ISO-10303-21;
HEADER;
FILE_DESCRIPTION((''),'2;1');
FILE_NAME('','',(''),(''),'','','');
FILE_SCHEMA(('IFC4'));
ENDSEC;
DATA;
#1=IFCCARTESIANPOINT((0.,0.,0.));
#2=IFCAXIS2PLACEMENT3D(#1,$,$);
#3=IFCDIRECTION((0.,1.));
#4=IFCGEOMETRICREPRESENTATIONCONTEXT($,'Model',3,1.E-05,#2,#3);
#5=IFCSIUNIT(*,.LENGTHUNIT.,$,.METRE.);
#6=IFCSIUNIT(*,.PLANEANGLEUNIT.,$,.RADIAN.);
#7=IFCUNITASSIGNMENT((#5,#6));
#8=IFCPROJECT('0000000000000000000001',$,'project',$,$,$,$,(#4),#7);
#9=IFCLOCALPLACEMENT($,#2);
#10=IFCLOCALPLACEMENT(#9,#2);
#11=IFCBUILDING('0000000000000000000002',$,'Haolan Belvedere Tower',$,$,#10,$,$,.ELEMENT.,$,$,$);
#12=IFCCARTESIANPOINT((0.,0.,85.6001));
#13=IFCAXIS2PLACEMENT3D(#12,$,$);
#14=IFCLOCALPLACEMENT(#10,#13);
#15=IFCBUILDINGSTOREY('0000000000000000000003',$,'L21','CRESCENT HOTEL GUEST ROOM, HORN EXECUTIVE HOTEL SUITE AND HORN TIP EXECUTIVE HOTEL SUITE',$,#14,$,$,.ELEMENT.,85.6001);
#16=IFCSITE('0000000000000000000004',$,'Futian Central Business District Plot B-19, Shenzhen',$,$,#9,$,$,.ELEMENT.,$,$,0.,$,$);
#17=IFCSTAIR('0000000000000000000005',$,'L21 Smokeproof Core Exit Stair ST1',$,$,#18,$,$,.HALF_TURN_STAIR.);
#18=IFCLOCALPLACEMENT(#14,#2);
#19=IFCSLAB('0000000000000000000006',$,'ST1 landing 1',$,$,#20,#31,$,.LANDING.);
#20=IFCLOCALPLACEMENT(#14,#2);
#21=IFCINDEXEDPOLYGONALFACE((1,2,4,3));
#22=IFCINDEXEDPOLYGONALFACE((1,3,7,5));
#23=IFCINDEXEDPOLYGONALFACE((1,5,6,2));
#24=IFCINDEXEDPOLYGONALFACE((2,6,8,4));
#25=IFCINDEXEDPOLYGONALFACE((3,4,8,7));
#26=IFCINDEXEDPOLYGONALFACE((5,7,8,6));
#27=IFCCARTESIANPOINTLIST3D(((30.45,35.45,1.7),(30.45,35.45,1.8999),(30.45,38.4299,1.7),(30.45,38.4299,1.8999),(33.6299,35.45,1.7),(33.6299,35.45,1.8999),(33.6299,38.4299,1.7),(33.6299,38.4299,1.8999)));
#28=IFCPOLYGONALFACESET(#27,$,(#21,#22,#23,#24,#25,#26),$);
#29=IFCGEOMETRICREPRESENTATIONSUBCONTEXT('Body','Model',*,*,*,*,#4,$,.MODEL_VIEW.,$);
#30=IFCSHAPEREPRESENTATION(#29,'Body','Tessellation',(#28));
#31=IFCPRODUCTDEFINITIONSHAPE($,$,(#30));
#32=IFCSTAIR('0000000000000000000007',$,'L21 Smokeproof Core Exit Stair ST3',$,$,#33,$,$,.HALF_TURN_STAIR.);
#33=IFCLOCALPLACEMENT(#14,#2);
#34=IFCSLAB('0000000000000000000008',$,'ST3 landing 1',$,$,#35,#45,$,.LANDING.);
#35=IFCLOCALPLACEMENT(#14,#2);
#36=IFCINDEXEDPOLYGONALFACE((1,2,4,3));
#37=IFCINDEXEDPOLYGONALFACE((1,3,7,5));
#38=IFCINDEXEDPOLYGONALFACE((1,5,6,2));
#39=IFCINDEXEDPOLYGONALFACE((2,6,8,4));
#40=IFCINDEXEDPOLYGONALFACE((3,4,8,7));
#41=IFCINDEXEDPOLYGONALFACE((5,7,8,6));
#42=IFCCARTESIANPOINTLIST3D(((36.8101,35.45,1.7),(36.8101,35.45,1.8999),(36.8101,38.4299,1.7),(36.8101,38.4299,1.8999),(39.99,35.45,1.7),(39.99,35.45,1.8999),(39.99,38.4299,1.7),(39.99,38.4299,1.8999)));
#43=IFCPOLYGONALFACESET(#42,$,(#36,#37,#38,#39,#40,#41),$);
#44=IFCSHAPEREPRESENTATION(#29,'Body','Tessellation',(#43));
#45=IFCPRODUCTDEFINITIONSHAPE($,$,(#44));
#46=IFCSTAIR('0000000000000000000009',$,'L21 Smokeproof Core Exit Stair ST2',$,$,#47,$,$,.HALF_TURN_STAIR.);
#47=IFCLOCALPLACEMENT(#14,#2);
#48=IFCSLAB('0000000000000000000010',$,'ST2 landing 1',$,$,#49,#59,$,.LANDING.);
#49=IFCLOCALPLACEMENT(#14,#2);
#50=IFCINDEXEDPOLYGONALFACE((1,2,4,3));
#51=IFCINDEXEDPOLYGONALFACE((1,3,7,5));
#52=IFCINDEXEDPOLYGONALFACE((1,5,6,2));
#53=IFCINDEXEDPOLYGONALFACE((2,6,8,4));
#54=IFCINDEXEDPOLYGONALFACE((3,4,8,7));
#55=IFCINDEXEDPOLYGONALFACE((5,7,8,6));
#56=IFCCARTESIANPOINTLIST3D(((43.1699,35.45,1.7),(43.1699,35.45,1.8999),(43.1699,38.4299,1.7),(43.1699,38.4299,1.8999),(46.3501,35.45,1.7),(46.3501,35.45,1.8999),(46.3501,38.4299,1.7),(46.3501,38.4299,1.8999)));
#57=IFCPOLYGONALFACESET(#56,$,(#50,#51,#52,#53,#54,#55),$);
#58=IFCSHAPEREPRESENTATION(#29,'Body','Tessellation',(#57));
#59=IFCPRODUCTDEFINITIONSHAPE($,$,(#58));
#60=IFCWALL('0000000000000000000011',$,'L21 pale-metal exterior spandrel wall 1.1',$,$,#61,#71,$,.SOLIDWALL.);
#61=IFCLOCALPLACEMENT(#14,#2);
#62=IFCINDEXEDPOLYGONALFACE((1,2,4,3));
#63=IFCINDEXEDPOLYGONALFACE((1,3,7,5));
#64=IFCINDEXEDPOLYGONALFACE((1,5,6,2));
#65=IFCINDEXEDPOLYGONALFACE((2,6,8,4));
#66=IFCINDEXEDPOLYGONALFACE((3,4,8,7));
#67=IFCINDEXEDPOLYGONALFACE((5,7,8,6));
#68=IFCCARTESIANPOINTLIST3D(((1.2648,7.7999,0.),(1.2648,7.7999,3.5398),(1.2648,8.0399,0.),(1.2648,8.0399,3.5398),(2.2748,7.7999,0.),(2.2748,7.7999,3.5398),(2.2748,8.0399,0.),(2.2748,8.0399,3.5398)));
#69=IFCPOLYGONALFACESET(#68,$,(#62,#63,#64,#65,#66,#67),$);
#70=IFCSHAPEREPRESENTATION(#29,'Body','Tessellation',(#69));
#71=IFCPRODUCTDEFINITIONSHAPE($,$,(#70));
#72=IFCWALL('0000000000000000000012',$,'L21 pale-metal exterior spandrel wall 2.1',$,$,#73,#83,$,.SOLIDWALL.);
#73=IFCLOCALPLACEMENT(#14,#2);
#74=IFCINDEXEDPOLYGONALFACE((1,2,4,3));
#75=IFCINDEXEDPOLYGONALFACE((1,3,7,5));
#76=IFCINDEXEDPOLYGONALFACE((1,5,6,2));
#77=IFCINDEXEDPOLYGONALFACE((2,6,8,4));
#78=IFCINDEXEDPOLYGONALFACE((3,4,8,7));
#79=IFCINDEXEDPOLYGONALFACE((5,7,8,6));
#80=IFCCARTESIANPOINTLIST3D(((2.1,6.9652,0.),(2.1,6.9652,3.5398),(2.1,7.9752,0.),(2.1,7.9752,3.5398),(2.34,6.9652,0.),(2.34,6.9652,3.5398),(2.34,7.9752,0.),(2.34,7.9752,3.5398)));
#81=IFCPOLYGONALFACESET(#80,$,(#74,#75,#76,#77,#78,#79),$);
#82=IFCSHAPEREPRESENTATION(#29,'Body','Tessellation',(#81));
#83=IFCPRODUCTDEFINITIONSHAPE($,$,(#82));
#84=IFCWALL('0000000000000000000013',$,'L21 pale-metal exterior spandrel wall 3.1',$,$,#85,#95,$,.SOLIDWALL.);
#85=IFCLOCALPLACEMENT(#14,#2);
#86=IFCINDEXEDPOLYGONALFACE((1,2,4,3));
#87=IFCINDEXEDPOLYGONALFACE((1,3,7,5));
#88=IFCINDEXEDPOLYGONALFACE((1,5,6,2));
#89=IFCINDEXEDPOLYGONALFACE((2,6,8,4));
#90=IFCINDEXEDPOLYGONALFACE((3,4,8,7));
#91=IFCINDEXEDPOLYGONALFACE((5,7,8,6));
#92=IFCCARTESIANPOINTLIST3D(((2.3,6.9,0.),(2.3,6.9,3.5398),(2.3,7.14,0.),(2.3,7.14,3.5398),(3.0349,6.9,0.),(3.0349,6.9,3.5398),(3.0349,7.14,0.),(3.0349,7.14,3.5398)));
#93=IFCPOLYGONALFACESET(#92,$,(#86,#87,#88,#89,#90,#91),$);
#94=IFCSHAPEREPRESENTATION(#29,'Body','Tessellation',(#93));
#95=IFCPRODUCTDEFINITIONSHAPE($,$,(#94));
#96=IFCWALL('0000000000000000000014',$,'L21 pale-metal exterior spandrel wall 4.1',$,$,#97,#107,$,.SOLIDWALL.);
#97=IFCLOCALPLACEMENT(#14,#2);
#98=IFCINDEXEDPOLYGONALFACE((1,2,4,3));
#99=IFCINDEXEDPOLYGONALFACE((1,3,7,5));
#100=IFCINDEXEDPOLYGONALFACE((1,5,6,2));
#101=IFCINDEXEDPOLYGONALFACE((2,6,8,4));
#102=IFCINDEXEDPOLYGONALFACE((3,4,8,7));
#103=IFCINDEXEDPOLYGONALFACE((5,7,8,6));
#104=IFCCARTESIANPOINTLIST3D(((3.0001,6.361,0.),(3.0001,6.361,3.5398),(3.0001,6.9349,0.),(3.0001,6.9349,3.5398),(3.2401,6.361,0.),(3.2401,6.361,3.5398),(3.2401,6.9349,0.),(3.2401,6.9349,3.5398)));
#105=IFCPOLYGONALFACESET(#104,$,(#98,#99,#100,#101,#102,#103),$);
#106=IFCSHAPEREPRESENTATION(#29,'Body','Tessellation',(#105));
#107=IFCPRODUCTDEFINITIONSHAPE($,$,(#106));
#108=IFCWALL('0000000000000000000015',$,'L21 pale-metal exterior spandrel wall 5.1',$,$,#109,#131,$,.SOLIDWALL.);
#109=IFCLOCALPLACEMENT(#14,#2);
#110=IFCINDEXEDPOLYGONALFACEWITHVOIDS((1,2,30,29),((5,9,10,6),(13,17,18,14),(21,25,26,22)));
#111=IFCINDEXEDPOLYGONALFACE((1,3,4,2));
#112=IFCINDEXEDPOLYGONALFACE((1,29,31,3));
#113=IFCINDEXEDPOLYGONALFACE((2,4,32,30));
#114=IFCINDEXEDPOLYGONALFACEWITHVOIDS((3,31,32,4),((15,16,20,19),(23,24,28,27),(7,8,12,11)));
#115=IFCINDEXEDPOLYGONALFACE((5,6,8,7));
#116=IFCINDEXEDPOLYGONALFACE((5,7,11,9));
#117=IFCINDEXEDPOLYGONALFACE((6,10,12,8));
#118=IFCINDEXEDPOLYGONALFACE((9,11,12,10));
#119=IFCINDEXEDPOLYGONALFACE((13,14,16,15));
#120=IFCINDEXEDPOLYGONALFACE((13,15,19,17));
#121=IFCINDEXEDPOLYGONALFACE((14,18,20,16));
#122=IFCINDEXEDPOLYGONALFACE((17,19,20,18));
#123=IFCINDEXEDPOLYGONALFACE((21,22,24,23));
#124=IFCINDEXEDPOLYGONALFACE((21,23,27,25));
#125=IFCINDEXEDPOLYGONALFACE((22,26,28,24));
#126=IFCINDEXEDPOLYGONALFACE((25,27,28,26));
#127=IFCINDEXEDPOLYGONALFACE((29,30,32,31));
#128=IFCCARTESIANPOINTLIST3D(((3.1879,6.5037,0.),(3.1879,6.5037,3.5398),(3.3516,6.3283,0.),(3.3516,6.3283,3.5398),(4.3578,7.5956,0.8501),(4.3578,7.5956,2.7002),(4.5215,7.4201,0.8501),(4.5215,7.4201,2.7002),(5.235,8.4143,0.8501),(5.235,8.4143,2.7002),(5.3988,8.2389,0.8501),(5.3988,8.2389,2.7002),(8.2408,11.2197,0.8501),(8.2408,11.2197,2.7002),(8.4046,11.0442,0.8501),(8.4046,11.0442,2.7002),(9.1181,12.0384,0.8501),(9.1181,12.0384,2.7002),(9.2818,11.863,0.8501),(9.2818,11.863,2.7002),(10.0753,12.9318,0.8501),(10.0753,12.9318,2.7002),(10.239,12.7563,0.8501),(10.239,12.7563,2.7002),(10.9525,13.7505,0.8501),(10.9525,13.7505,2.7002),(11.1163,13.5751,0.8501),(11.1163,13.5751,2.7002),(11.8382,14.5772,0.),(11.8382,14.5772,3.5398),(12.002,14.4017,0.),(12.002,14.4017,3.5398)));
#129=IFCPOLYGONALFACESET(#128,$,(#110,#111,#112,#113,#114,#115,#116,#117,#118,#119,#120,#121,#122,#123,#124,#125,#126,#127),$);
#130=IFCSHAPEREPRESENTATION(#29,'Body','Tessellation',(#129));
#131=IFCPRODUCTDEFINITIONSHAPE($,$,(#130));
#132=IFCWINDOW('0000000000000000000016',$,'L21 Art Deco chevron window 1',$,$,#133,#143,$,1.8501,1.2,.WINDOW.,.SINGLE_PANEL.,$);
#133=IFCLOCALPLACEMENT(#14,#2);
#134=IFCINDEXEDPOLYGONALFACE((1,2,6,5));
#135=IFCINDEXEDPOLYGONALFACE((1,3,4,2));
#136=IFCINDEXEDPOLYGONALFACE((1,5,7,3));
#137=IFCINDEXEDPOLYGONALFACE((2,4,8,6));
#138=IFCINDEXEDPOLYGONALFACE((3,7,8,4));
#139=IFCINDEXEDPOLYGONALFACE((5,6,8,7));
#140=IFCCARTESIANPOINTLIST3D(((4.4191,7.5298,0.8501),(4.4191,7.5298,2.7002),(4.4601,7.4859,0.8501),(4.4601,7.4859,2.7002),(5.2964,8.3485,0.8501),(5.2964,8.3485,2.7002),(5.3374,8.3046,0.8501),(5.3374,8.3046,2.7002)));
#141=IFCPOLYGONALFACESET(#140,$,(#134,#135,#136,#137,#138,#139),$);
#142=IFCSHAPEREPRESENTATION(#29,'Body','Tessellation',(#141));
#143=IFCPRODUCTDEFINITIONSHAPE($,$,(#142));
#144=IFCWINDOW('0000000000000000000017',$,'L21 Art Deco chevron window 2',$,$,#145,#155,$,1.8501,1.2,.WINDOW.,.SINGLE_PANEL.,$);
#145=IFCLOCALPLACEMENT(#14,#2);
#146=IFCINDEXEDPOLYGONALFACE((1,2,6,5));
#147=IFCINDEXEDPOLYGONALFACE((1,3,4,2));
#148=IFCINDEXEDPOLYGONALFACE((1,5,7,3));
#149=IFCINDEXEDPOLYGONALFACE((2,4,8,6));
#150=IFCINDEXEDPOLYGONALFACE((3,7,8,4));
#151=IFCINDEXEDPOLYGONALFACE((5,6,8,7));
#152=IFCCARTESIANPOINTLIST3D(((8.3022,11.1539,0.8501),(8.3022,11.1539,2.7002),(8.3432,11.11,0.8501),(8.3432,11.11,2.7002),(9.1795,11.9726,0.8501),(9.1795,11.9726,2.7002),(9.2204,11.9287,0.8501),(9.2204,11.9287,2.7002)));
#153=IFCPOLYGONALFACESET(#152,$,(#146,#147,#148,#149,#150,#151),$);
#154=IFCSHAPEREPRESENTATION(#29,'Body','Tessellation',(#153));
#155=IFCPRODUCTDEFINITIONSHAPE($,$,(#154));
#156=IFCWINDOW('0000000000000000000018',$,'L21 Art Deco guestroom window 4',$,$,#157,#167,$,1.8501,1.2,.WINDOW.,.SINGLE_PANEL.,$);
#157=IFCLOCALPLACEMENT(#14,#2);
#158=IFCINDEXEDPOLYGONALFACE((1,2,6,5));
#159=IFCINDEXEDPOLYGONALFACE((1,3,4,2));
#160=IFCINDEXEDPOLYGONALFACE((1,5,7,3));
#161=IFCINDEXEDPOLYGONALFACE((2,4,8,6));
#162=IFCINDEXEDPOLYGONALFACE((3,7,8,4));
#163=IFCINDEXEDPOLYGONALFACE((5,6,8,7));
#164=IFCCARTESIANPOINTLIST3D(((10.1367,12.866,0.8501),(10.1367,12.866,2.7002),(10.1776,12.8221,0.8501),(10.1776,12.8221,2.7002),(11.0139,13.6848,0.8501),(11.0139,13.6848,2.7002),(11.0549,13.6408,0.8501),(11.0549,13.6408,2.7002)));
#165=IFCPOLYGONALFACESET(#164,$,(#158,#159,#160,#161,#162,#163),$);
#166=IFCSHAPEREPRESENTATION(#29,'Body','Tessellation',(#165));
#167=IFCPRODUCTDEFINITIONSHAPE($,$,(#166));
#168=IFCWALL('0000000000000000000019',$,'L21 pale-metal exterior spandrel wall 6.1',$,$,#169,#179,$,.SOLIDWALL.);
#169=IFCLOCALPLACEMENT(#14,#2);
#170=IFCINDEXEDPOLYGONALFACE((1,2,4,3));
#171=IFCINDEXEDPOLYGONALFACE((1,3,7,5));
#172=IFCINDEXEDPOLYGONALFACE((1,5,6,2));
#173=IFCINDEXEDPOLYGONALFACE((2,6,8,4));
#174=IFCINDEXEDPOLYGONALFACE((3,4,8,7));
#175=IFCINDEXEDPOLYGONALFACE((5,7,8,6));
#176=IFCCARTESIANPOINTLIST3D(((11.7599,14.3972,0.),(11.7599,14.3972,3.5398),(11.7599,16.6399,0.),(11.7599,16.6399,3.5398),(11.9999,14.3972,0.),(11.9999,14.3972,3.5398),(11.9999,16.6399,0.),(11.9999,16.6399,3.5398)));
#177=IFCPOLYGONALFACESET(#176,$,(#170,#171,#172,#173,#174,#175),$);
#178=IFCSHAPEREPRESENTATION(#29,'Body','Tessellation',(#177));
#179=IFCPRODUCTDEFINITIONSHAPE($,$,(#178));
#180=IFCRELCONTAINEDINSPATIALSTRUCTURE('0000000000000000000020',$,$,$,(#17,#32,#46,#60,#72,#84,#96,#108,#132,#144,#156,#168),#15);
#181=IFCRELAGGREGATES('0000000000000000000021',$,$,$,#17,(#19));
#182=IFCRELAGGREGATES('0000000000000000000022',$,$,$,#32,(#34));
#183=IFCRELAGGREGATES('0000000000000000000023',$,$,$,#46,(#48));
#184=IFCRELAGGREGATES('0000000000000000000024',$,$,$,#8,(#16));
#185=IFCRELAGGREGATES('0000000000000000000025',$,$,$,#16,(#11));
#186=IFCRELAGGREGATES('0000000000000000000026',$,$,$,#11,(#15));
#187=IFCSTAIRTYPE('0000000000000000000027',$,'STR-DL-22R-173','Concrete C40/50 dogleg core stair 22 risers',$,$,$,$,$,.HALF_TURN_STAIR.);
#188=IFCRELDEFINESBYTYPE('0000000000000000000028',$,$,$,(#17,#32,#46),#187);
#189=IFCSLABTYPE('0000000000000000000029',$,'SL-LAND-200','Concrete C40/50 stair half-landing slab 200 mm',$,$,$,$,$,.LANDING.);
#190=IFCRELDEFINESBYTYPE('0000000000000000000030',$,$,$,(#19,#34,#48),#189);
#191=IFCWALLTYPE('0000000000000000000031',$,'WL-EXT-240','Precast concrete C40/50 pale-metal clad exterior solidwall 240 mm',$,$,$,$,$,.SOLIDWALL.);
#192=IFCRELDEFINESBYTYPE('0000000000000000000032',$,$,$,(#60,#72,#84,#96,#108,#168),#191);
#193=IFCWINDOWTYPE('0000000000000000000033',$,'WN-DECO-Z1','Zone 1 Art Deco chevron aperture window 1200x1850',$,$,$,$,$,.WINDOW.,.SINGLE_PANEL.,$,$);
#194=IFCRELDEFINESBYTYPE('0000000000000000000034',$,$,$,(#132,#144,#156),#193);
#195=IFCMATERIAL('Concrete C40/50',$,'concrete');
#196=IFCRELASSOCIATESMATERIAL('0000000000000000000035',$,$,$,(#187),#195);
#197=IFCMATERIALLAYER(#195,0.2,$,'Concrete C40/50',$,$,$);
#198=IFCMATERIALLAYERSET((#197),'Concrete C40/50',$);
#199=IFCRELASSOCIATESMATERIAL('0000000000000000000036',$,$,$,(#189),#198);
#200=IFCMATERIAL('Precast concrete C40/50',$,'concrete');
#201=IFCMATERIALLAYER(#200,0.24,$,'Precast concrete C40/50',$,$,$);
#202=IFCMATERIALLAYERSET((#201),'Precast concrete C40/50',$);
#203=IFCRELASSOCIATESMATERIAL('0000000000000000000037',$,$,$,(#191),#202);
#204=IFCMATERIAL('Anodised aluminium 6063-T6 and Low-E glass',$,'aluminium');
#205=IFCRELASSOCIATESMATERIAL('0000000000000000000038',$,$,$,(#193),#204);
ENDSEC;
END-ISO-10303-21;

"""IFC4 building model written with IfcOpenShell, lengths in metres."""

from ifc_helpers import new_model, si_unit, direction, frame, frame_2d, origin, place, context, subcontext, project, spatial, polyline, rectangle, outline, extrude, material, layer, layer_set, type_object, element, fill, aggregate, save


model = new_model("IFC4")

# Units and contexts
model_context = context("Model", 3, precision=1e-05, world=origin(), true_north=direction((0.0, 1.0)))
body_context = subcontext(model_context, "Body", "Model", "MODEL_VIEW")
ifc_project = project(units=[si_unit("LENGTHUNIT", "METRE"), si_unit("PLANEANGLEUNIT", "RADIAN")], contexts=[model_context])

# Site, building, storey
site_placement = place(None, origin())
site = spatial("IfcSite", under=ifc_project, at=site_placement, Name="Futian Central Business District Plot B-19, Shenzhen", CompositionType="ELEMENT", RefElevation=0.0)
building_placement = place(site_placement, origin())
building = spatial("IfcBuilding", under=site, at=building_placement, Name="Haolan Belvedere Tower", CompositionType="ELEMENT")
storey_placement = place(building_placement, frame((0.0, 0.0, 85.6001)))
storey = spatial("IfcBuildingStorey", under=building, at=storey_placement, Name="L21", Description="CRESCENT HOTEL GUEST ROOM, HORN EXECUTIVE HOTEL SUITE AND HORN TIP EXECUTIVE HOTEL SUITE", CompositionType="ELEMENT", Elevation=85.6001)

# Shared definitions
ifc_material_1 = material(Name="Concrete C40/50", Category="concrete")

# Stairs, slabs
stair_type = type_object("IfcStairType", Name="STR-DL-22R-173", Description="Concrete C40/50 dogleg core stair 22 risers", PredefinedType="HALF_TURN_STAIR", material=ifc_material_1)
stair_1_placement = place(storey_placement, origin())
stair_1 = element("IfcStair", 1, at=stair_1_placement, inside=storey, type_object=stair_type, Name="L21 Smokeproof Core Exit Stair ST1", PredefinedType="HALF_TURN_STAIR")
ifc_layer_1 = layer(ifc_material_1, 0.2, Name="Concrete C40/50")
ifc_layer_set_1 = layer_set([ifc_layer_1], Name="Concrete C40/50")
slab_type_1 = type_object("IfcSlabType", Name="SL-LAND-200", Description="Concrete C40/50 stair half-landing slab 200 mm", PredefinedType="LANDING", material=ifc_layer_set_1)
slab_1_placement = place(storey_placement, frame((0.0, 0.0, 1.7)))
slab_1 = element("IfcSlab", 2, at=slab_1_placement, type_object=slab_type_1, Name="ST1 landing 1", PredefinedType="LANDING", context=body_context, shape_type="SweptSolid", body=[
    extrude(outline(polyline([(30.45, 38.4299), (30.45, 35.45), (33.6299, 35.45), (33.6299, 38.4299), (30.45, 38.4299)])), origin(), (0.0, 0.0, 1.0), 0.2),
])
aggregate(stair_1, [slab_1])
stair_2_placement = place(storey_placement, origin())
stair_2 = element("IfcStair", 3, at=stair_2_placement, inside=storey, type_object=stair_type, Name="L21 Smokeproof Core Exit Stair ST3", PredefinedType="HALF_TURN_STAIR")
slab_2_placement = place(storey_placement, frame((0.0, 0.0, 1.7)))
slab_2 = element("IfcSlab", 4, at=slab_2_placement, type_object=slab_type_1, Name="ST3 landing 1", PredefinedType="LANDING", context=body_context, shape_type="SweptSolid", body=[
    extrude(outline(polyline([(36.8101, 38.4299), (36.8101, 35.45), (39.99, 35.45), (39.99, 38.4299), (36.8101, 38.4299)])), origin(), (0.0, 0.0, 1.0), 0.2),
])
aggregate(stair_2, [slab_2])
stair_3_placement = place(storey_placement, origin())
stair_3 = element("IfcStair", 5, at=stair_3_placement, inside=storey, type_object=stair_type, Name="L21 Smokeproof Core Exit Stair ST2", PredefinedType="HALF_TURN_STAIR")
slab_3_placement = place(storey_placement, frame((0.0, 0.0, 1.7)))
slab_3 = element("IfcSlab", 6, at=slab_3_placement, type_object=slab_type_1, Name="ST2 landing 1", PredefinedType="LANDING", context=body_context, shape_type="SweptSolid", body=[
    extrude(outline(polyline([(43.1699, 38.4299), (43.1699, 35.45), (46.3501, 35.45), (46.3501, 38.4299), (43.1699, 38.4299)])), origin(), (0.0, 0.0, 1.0), 0.2),
])
aggregate(stair_3, [slab_3])

# Walls
ifc_material_2 = material(Name="Precast concrete C40/50", Category="concrete")
ifc_layer_2 = layer(ifc_material_2, 0.24, Name="Precast concrete C40/50")
ifc_layer_set_2 = layer_set([ifc_layer_2], Name="Precast concrete C40/50")
wall_type_1 = type_object("IfcWallType", Name="WL-EXT-240", Description="Precast concrete C40/50 pale-metal clad exterior solidwall 240 mm", PredefinedType="SOLIDWALL", material=ifc_layer_set_2)
for number, where, z_axis, x_axis, name in (
    (7, (1.2649, 7.9199, 0.0), (0.0, 0.0, 1.0), (1.0, 0.0, 0.0), "L21 pale-metal exterior spandrel wall 1.1"),
    (8, (2.22, 7.9751, 0.0), (0.0, 0.0, 1.0), (0.0, -1.0, 0.0), "L21 pale-metal exterior spandrel wall 2.1"),
):
    element("IfcWall", number, at=place(storey_placement, frame(where, z_axis=z_axis, x_axis=x_axis)), inside=storey, type_object=wall_type_1, Name=name, PredefinedType="SOLIDWALL", context=body_context, shape_type="SweptSolid", body=[
        extrude(rectangle(XDim=1.01, YDim=0.24, at=frame_2d((0.5049, 0.0))), origin(), (0.0, 0.0, 1.0), 3.5398),
    ])
wall_1_placement = place(storey_placement, frame((2.3, 7.02, 0.0), z_axis=(0.0, 0.0, 1.0), x_axis=(1.0, 0.0, 0.0)))
element("IfcWall", 9, at=wall_1_placement, inside=storey, type_object=wall_type_1, Name="L21 pale-metal exterior spandrel wall 3.1", PredefinedType="SOLIDWALL", context=body_context, shape_type="SweptSolid", body=[
    extrude(rectangle(XDim=0.7349, YDim=0.24, at=frame_2d((0.3674, 0.0))), origin(), (0.0, 0.0, 1.0), 3.5398),
])
wall_2_placement = place(storey_placement, frame((3.1201, 6.9351, 0.0), z_axis=(0.0, 0.0, 1.0), x_axis=(0.0, -1.0, 0.0)))
element("IfcWall", 10, at=wall_2_placement, inside=storey, type_object=wall_type_1, Name="L21 pale-metal exterior spandrel wall 4.1", PredefinedType="SOLIDWALL", context=body_context, shape_type="SweptSolid", body=[
    extrude(rectangle(XDim=0.574, YDim=0.24, at=frame_2d((0.2871, 0.0))), origin(), (0.0, 0.0, 1.0), 3.5398),
])

# Wall, openings, windows
wall_3_placement = place(storey_placement, frame((3.2698, 6.416, 0.0), z_axis=(0.0, 0.0, 1.0), x_axis=(0.731064, 0.682309, 0.0)))
wall_3 = element("IfcWall", 11, at=wall_3_placement, inside=storey, type_object=wall_type_1, Name="L21 pale-metal exterior spandrel wall 5.1", PredefinedType="SOLIDWALL", context=body_context, shape_type="SweptSolid", body=[
    extrude(rectangle(XDim=11.8325, YDim=0.24, at=frame_2d((5.9163, 0.0))), origin(), (0.0, 0.0, 1.0), 3.5398),
])
opening_1_placement = place(wall_3_placement, frame((1.6001, 0.0, 0.8501)))
opening_1 = element("IfcOpeningElement", 12, at=opening_1_placement, cuts=wall_3, PredefinedType="OPENING", context=body_context, shape_type="SweptSolid", body=[
    extrude(rectangle(XDim=1.2, YDim=1.8501, at=frame_2d((0.6001, 0.925))), frame((0.0, 0.1299, 0.0), z_axis=(0.0, -1.0, 0.0), x_axis=(1.0, 0.0, 0.0)), (0.0, 0.0, 1.0), 0.26),
])
opening_2_placement = place(wall_3_placement, frame((6.9116, 0.0, 0.8501)))
opening_2 = element("IfcOpeningElement", 13, at=opening_2_placement, cuts=wall_3, PredefinedType="OPENING", context=body_context, shape_type="SweptSolid", body=[
    extrude(rectangle(XDim=1.2, YDim=1.8501, at=frame_2d((0.6001, 0.925))), frame((0.0, 0.1299, 0.0), z_axis=(0.0, -1.0, 0.0), x_axis=(1.0, 0.0, 0.0)), (0.0, 0.0, 1.0), 0.26),
])
opening_3_placement = place(wall_3_placement, frame((9.4209, 0.0, 0.8501)))
opening_3 = element("IfcOpeningElement", 14, at=opening_3_placement, cuts=wall_3, PredefinedType="OPENING", context=body_context, shape_type="SweptSolid", body=[
    extrude(rectangle(XDim=1.2, YDim=1.8501, at=frame_2d((0.6001, 0.925))), frame((0.0, 0.1299, 0.0), z_axis=(0.0, -1.0, 0.0), x_axis=(1.0, 0.0, 0.0)), (0.0, 0.0, 1.0), 0.26),
])
ifc_material_3 = material(Name="Anodised aluminium 6063-T6 and Low-E glass", Category="aluminium")
window_type = type_object("IfcWindowType", Name="WN-DECO-Z1", Description="Zone 1 Art Deco chevron aperture window 1200x1850", PartitioningType="SINGLE_PANEL", PredefinedType="WINDOW", material=ifc_material_3)
window_1_placement = place(opening_1_placement, origin())
window_1 = element("IfcWindow", 15, at=window_1_placement, inside=storey, type_object=window_type, Name="L21 Art Deco chevron window 1", OverallHeight=1.8501, OverallWidth=1.2, PartitioningType="SINGLE_PANEL", PredefinedType="WINDOW", context=body_context, shape_type="SweptSolid", body=[
    extrude(rectangle(XDim=1.2, YDim=1.8501, at=frame_2d((0.6001, 0.925))), frame((0.0, 0.03, 0.0), z_axis=(0.0, -1.0, 0.0), x_axis=(1.0, 0.0, 0.0)), (0.0, 0.0, 1.0), 0.0601),
])
fill(opening_1, window_1)
window_2_placement = place(opening_2_placement, origin())
window_2 = element("IfcWindow", 16, at=window_2_placement, inside=storey, type_object=window_type, Name="L21 Art Deco chevron window 2", OverallHeight=1.8501, OverallWidth=1.2, PartitioningType="SINGLE_PANEL", PredefinedType="WINDOW", context=body_context, shape_type="SweptSolid", body=[
    extrude(rectangle(XDim=1.2, YDim=1.8501, at=frame_2d((0.6001, 0.925))), frame((0.0, 0.03, 0.0), z_axis=(0.0, -1.0, 0.0), x_axis=(1.0, 0.0, 0.0)), (0.0, 0.0, 1.0), 0.0601),
])
fill(opening_2, window_2)
window_3_placement = place(opening_3_placement, origin())
window_3 = element("IfcWindow", 17, at=window_3_placement, inside=storey, type_object=window_type, Name="L21 Art Deco guestroom window 4", OverallHeight=1.8501, OverallWidth=1.2, PartitioningType="SINGLE_PANEL", PredefinedType="WINDOW", context=body_context, shape_type="SweptSolid", body=[
    extrude(rectangle(XDim=1.2, YDim=1.8501, at=frame_2d((0.6001, 0.925))), frame((0.0, 0.03, 0.0), z_axis=(0.0, -1.0, 0.0), x_axis=(1.0, 0.0, 0.0)), (0.0, 0.0, 1.0), 0.0601),
])
fill(opening_3, window_3)

# Wall
wall_4_placement = place(storey_placement, frame((11.8799, 14.3972, 0.0), z_axis=(0.0, 0.0, 1.0), x_axis=(0.0, 1.0, 0.0)))
element("IfcWall", 18, at=wall_4_placement, inside=storey, type_object=wall_type_1, Name="L21 pale-metal exterior spandrel wall 6.1", PredefinedType="SOLIDWALL", context=body_context, shape_type="SweptSolid", body=[
    extrude(rectangle(XDim=2.2427, YDim=0.24, at=frame_2d((1.1213, 0.0))), origin(), (0.0, 0.0, 1.0), 3.5398),
])

save(model, "model.ifc")
